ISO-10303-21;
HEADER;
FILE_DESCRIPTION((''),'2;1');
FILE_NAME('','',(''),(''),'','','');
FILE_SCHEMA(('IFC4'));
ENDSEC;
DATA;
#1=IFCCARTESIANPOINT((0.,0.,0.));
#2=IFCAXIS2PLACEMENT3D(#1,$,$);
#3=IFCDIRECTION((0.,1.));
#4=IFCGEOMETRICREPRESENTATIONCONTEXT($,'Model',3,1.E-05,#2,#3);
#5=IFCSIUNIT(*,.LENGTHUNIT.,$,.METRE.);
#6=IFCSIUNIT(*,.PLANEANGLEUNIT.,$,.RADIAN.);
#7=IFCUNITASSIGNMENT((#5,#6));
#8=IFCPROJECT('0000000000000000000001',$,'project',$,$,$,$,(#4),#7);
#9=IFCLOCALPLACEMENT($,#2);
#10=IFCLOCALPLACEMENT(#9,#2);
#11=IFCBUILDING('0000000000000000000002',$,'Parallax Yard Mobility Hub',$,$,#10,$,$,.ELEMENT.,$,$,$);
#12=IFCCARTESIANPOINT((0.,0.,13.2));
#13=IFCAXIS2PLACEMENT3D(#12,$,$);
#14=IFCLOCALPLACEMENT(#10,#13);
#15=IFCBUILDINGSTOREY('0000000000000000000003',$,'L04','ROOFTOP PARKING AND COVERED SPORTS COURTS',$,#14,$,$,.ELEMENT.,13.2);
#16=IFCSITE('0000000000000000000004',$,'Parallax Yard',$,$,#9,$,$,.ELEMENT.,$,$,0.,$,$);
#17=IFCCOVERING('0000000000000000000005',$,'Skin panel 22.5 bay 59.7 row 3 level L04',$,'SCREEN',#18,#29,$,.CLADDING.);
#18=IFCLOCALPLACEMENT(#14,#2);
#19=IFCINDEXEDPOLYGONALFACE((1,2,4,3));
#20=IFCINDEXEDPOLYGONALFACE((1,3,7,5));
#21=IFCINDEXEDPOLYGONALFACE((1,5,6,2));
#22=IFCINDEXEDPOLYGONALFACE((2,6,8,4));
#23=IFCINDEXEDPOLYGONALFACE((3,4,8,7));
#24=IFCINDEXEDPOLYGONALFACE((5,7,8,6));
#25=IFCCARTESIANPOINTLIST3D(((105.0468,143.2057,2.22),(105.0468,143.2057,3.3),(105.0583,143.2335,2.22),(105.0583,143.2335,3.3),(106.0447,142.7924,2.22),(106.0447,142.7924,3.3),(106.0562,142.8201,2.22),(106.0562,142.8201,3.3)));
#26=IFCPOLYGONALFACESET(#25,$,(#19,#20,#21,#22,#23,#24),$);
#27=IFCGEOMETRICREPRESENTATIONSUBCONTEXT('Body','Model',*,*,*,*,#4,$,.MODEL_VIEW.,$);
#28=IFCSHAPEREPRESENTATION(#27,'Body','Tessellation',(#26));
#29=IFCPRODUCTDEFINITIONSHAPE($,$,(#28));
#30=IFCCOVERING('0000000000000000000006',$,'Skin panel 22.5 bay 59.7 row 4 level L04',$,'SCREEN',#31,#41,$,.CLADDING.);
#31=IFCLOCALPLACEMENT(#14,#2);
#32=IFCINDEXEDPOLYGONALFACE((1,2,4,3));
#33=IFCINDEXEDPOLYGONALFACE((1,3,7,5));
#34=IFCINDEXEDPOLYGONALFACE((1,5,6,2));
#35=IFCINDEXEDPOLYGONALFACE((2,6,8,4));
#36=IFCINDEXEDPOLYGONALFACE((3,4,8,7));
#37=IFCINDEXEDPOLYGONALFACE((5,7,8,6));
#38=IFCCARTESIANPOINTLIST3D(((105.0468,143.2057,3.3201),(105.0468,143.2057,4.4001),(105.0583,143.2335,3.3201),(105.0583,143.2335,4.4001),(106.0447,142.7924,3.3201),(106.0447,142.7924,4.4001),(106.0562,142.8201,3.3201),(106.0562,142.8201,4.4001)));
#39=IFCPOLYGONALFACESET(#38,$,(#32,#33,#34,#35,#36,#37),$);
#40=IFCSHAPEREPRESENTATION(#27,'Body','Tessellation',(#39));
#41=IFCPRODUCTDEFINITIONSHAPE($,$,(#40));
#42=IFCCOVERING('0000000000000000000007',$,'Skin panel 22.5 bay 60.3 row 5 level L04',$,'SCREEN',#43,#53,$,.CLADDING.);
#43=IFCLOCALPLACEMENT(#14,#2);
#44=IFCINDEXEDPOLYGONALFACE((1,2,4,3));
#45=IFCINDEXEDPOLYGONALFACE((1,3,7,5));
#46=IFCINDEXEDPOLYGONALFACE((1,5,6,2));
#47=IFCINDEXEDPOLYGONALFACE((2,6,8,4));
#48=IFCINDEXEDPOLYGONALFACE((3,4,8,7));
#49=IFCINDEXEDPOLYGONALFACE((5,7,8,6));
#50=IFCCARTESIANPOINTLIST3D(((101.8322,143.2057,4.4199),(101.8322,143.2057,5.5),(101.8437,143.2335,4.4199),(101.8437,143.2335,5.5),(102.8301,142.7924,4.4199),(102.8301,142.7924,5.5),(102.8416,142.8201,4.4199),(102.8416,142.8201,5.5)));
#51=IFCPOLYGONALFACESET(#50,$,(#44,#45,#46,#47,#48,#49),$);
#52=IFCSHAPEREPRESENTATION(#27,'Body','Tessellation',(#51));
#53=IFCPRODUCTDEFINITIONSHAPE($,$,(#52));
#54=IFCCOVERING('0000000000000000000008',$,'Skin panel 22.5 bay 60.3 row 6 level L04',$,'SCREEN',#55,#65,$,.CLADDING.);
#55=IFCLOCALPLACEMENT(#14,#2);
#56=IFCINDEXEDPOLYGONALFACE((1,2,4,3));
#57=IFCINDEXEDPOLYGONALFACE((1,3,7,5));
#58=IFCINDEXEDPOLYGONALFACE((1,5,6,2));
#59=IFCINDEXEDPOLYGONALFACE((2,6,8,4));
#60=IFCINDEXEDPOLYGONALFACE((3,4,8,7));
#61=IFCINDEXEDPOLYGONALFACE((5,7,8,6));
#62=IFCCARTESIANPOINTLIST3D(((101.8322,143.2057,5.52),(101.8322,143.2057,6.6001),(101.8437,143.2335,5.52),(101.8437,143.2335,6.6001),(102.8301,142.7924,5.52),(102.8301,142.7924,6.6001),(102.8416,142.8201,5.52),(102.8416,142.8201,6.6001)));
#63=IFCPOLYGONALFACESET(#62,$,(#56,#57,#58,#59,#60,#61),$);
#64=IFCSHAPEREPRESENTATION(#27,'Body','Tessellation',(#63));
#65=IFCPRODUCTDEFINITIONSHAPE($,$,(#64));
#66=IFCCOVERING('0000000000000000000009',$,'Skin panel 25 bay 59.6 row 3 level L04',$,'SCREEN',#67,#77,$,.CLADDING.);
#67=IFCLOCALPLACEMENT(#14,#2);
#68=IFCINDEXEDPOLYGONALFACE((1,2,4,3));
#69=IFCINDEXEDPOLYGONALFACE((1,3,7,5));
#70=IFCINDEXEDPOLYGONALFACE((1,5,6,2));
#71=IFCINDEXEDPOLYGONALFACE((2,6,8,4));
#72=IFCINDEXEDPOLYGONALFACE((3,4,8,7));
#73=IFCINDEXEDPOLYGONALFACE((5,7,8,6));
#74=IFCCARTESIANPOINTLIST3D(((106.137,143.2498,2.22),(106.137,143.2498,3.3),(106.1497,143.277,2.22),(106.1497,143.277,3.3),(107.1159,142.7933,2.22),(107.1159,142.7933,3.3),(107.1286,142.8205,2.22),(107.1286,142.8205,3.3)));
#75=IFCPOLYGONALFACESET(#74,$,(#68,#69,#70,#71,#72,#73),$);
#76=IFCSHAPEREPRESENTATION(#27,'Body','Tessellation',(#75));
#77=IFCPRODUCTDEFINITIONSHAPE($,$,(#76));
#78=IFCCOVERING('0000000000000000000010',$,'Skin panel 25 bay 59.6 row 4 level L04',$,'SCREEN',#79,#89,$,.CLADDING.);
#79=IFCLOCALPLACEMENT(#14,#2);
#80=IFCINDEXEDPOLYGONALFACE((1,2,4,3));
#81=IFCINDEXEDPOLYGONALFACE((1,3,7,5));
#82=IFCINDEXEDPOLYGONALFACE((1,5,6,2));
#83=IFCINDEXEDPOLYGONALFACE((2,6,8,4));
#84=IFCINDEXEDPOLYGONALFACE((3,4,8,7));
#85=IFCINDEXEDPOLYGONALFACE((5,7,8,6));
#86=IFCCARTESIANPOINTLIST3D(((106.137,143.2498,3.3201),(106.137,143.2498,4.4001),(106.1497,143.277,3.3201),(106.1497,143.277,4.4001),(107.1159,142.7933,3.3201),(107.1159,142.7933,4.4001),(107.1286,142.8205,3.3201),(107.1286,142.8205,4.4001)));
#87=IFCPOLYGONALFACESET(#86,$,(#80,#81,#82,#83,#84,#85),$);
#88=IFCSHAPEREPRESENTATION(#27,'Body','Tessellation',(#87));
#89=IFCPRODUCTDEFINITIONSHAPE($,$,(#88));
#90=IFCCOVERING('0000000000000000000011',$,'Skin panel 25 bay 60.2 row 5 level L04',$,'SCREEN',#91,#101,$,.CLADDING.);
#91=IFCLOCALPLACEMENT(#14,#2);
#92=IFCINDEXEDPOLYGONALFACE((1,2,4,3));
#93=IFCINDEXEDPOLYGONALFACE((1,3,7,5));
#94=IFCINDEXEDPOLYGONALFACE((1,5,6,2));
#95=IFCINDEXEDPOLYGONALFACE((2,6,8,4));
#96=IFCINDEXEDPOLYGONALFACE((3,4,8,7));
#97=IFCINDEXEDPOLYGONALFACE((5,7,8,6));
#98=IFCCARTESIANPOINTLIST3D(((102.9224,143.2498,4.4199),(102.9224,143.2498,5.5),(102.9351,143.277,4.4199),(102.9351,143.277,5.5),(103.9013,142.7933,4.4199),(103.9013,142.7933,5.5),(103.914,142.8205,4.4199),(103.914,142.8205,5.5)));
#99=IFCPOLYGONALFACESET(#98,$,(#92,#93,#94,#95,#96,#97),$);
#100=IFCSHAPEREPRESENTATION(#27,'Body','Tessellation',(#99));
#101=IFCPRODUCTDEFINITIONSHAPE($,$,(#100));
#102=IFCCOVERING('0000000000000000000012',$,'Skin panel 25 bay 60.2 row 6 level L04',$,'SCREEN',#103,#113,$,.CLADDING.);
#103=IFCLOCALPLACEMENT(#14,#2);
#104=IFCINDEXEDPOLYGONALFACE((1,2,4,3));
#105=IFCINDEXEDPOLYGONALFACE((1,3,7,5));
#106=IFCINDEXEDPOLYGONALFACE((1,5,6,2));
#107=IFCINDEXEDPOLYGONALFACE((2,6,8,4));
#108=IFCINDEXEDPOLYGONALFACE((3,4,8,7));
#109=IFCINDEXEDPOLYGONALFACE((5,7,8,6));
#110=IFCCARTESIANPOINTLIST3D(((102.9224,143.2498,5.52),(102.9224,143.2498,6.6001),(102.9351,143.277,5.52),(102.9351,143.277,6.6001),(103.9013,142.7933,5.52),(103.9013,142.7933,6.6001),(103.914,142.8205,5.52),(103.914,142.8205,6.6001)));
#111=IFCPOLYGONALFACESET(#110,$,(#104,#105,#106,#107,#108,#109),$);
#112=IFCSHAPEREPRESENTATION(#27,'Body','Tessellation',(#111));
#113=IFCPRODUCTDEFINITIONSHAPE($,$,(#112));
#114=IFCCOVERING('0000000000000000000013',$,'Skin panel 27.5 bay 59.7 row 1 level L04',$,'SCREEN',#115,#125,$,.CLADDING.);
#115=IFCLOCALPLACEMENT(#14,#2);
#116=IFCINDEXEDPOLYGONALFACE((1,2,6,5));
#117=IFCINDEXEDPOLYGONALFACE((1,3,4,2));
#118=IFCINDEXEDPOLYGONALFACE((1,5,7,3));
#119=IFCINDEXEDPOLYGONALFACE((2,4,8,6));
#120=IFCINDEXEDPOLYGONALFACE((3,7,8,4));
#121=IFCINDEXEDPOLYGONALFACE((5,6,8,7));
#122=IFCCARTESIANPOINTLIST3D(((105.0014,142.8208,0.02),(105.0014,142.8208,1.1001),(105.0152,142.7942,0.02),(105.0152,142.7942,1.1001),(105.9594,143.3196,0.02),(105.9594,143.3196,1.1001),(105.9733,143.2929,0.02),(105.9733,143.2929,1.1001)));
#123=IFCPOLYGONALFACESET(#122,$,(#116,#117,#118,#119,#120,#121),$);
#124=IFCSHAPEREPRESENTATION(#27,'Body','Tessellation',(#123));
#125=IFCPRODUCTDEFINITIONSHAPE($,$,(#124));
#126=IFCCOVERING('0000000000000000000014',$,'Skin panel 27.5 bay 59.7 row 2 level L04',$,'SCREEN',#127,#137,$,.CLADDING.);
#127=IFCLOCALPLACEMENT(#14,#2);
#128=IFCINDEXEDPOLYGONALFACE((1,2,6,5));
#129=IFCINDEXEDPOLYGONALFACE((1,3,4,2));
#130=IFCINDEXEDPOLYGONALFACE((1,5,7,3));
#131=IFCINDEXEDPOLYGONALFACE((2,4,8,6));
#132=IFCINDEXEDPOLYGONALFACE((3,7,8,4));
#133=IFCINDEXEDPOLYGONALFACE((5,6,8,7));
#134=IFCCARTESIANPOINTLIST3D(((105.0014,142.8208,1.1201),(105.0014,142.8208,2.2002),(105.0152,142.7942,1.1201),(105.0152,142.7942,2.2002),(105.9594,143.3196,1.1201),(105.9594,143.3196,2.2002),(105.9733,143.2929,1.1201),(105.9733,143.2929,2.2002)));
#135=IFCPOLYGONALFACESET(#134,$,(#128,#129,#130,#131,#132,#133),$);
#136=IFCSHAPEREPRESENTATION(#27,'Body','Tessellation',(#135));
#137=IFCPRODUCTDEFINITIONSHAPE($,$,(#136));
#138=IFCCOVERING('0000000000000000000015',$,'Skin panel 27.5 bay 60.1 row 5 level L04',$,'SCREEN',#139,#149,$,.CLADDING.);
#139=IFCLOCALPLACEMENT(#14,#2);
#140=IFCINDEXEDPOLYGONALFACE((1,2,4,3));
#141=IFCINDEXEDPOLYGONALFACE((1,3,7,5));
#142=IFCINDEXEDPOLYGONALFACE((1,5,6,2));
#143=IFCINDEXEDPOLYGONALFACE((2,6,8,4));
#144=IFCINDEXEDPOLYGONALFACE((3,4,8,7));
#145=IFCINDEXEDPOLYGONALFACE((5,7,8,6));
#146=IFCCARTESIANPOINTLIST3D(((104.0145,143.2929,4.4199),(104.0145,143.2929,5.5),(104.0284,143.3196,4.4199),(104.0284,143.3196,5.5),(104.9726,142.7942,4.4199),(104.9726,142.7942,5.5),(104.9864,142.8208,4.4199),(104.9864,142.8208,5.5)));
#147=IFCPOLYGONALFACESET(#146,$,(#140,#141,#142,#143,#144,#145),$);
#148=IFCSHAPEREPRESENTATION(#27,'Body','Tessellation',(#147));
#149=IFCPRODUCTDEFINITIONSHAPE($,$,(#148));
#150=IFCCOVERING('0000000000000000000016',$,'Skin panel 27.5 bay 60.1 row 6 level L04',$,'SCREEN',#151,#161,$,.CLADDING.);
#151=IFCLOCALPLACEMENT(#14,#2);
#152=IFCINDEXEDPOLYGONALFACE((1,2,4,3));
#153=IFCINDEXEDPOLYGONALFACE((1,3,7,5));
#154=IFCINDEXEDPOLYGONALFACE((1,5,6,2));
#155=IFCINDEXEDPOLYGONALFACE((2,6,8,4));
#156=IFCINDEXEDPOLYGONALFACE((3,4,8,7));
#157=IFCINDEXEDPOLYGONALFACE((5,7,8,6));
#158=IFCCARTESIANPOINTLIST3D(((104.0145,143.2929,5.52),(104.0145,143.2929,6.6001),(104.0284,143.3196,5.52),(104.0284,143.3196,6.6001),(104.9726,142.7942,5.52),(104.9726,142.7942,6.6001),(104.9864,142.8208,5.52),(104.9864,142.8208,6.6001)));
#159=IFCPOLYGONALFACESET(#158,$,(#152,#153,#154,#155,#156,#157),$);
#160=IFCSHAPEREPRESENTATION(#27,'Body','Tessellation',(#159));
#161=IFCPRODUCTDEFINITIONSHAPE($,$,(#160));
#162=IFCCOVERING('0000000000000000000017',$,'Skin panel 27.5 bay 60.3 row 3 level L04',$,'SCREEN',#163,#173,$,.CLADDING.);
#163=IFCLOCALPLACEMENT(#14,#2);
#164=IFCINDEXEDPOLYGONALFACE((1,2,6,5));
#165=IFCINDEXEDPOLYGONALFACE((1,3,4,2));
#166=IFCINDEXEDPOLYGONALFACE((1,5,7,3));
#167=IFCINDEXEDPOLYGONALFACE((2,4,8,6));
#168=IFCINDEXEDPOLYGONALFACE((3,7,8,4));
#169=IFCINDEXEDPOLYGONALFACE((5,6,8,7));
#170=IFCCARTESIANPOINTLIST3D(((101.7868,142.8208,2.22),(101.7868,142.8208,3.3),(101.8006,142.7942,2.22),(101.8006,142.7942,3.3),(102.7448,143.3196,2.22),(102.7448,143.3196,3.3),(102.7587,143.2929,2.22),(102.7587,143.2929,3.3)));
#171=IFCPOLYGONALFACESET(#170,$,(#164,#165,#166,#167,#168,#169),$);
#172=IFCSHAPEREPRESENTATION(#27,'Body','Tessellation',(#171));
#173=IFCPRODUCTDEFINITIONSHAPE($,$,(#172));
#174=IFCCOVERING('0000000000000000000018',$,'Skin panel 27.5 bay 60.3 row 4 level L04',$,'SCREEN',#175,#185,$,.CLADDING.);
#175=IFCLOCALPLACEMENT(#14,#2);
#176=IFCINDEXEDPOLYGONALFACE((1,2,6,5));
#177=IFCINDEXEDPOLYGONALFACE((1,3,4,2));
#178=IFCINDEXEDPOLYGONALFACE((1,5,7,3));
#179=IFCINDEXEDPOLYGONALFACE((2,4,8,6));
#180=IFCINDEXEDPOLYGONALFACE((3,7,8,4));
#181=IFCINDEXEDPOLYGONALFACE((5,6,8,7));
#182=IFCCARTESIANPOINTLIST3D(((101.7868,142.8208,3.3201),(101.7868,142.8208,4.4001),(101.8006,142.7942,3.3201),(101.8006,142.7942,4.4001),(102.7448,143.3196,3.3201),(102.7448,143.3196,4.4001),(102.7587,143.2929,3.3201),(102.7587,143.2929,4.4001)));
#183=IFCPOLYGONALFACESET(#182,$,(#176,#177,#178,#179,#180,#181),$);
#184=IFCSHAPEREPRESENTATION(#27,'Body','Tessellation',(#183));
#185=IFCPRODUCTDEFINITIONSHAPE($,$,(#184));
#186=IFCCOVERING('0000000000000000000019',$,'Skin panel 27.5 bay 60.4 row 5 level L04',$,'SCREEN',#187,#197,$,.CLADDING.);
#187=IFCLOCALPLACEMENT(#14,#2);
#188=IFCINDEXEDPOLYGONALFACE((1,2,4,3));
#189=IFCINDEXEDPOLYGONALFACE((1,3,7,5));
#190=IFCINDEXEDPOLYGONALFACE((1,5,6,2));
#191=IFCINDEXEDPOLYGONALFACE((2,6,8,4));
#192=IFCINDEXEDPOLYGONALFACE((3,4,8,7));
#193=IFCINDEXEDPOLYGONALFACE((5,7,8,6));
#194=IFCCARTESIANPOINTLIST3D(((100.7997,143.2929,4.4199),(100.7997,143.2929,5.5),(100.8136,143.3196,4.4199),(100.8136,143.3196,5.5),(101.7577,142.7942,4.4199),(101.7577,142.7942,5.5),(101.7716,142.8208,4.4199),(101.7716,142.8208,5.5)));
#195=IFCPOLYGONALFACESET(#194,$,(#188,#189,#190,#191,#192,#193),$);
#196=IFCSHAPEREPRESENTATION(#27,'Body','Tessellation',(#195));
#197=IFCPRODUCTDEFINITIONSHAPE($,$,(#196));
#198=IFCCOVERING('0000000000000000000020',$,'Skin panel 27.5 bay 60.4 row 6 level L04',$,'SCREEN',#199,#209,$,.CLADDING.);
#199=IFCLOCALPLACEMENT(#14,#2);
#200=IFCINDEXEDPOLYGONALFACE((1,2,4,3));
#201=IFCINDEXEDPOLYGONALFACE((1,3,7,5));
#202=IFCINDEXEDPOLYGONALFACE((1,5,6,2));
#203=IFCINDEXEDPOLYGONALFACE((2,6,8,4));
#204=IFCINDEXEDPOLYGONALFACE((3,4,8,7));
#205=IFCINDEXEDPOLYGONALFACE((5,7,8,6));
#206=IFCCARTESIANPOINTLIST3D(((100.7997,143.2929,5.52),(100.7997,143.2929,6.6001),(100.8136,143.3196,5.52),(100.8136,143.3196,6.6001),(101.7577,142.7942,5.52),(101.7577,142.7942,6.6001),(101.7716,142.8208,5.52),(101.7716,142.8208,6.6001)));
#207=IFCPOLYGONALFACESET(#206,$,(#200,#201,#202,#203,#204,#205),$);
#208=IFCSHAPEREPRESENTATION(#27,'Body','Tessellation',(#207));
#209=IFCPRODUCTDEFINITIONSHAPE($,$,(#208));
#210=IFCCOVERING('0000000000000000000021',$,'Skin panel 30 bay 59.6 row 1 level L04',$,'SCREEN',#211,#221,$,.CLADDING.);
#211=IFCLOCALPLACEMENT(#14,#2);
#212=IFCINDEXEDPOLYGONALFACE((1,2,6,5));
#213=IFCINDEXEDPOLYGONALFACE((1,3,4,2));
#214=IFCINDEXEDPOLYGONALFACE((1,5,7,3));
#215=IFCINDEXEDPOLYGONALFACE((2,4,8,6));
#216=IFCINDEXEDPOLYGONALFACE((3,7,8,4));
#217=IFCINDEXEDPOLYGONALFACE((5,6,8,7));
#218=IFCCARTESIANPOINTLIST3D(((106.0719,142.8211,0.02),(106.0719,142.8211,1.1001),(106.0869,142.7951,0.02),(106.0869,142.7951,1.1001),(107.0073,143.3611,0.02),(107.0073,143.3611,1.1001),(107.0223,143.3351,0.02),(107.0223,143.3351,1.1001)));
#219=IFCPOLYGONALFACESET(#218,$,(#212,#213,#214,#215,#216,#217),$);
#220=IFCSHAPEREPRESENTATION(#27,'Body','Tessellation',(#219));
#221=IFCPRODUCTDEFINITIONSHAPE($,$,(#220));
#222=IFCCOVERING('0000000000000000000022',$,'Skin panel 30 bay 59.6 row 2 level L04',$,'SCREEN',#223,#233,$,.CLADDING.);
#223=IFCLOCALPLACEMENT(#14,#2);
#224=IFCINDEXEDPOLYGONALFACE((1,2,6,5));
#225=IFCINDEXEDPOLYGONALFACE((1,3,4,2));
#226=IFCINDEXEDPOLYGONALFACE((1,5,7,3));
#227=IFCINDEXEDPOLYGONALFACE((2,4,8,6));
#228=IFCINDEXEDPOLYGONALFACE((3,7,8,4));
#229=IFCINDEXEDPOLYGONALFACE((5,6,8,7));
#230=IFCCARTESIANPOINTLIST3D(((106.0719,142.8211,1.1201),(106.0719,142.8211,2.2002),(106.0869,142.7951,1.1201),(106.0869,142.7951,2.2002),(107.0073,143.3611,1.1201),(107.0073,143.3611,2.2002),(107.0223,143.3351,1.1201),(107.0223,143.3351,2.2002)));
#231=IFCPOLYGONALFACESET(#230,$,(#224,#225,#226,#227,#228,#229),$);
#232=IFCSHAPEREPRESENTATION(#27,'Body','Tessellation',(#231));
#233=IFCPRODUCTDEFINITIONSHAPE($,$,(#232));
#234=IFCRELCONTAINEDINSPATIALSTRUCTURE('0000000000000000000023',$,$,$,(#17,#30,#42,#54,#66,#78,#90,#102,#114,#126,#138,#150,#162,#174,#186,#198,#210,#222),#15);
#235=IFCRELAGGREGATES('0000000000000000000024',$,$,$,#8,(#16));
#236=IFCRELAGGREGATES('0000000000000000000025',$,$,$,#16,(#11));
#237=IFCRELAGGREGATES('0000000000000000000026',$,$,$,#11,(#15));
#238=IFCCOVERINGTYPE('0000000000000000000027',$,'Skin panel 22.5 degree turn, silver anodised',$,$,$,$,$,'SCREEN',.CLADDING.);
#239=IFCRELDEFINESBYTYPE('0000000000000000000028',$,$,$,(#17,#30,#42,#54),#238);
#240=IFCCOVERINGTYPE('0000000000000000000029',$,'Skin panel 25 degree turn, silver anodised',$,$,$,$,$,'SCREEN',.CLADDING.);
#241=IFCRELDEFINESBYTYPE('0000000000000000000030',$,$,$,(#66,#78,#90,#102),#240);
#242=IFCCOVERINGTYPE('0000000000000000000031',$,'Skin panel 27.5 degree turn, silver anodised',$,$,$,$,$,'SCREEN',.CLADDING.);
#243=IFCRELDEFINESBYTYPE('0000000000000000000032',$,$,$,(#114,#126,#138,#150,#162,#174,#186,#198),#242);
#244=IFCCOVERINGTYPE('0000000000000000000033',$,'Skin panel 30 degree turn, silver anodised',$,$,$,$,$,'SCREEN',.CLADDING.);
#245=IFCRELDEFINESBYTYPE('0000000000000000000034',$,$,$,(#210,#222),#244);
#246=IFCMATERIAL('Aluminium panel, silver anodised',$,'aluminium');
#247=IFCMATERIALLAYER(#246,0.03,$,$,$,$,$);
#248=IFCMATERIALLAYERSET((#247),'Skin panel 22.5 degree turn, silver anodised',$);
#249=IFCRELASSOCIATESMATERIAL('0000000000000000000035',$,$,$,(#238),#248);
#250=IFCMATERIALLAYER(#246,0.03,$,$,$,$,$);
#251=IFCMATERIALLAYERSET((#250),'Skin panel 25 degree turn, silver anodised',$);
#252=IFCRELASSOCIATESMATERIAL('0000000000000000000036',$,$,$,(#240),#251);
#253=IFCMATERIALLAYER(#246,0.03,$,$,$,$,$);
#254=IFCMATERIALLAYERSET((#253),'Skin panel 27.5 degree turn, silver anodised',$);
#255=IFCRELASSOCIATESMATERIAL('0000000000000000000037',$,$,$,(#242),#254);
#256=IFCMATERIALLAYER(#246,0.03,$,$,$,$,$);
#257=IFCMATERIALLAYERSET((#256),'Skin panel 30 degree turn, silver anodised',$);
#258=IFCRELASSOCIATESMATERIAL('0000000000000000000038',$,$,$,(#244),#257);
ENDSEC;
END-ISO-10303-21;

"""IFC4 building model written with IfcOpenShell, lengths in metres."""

from ifc_helpers import new_model, si_unit, direction, frame, origin, origin_2d, place, context, subcontext, project, spatial, rectangle, extrude, material, layer, layer_set, type_object, element, save


model = new_model("IFC4")

# Units and contexts
model_context = context("Model", 3, precision=1e-05, world=origin(), true_north=direction((0.0, 1.0)))
body_context = subcontext(model_context, "Body", "Model", "MODEL_VIEW")
ifc_project = project(units=[si_unit("LENGTHUNIT", "METRE"), si_unit("PLANEANGLEUNIT", "RADIAN")], contexts=[model_context])

# Site, building, storey
site_placement = place(None, origin())
site = spatial("IfcSite", under=ifc_project, at=site_placement, Name="Parallax Yard", CompositionType="ELEMENT", RefElevation=0.0)
building_placement = place(site_placement, origin())
building = spatial("IfcBuilding", under=site, at=building_placement, Name="Parallax Yard Mobility Hub", CompositionType="ELEMENT")
storey_placement = place(building_placement, frame((0.0, 0.0, 13.2)))
storey = spatial("IfcBuildingStorey", under=building, at=storey_placement, Name="L04", Description="ROOFTOP PARKING AND COVERED SPORTS COURTS", CompositionType="ELEMENT", Elevation=13.2)

# Coverings
ifc_material_1 = material(Name="Aluminium panel, silver anodised", Category="aluminium")
ifc_layer_1 = layer(ifc_material_1, 0.03)
ifc_layer_set_1 = layer_set([ifc_layer_1], Name="Skin panel 22.5 degree turn, silver anodised")
covering_type_1 = type_object("IfcCoveringType", Name="Skin panel 22.5 degree turn, silver anodised", ElementType="SCREEN", PredefinedType="CLADDING", material=ifc_layer_set_1)
for number, where, z_axis, x_axis, name in (
    (1, (105.5515, 143.0129, 2.22), (0.0, 0.0, 1.0), (-0.92388, 0.382683, 0.0), "Skin panel 22.5 bay 59.7 row 3 level L04"),
    (2, (105.5515, 143.0129, 3.3201), (0.0, 0.0, 1.0), (-0.92388, 0.382683, 0.0), "Skin panel 22.5 bay 59.7 row 4 level L04"),
    (3, (102.3369, 143.0129, 4.4199), (0.0, 0.0, 1.0), (-0.92388, 0.382683, 0.0), "Skin panel 22.5 bay 60.3 row 5 level L04"),
    (4, (102.3369, 143.0129, 5.52), (0.0, 0.0, 1.0), (-0.92388, 0.382683, 0.0), "Skin panel 22.5 bay 60.3 row 6 level L04"),
):
    element("IfcCovering", number, at=place(storey_placement, frame(where, z_axis=z_axis, x_axis=x_axis)), inside=storey, type_object=covering_type_1, Name=name, ObjectType="SCREEN", PredefinedType="CLADDING", context=body_context, shape_type="SweptSolid", body=[
        extrude(rectangle(XDim=1.0801, YDim=0.03, at=origin_2d()), origin(), (0.0, 0.0, 1.0), 1.0801),
    ])
ifc_layer_2 = layer(ifc_material_1, 0.03)
ifc_layer_set_2 = layer_set([ifc_layer_2], Name="Skin panel 25 degree turn, silver anodised")
covering_type_2 = type_object("IfcCoveringType", Name="Skin panel 25 degree turn, silver anodised", ElementType="SCREEN", PredefinedType="CLADDING", material=ifc_layer_set_2)
for number, where, z_axis, x_axis, name in (
    (5, (106.6328, 143.0352, 2.22), (0.0, 0.0, 1.0), (-0.906308, 0.422618, 0.0), "Skin panel 25 bay 59.6 row 3 level L04"),
    (6, (106.6328, 143.0352, 3.3201), (0.0, 0.0, 1.0), (-0.906308, 0.422618, 0.0), "Skin panel 25 bay 59.6 row 4 level L04"),
    (7, (103.4182, 143.0352, 4.4199), (0.0, 0.0, 1.0), (-0.906308, 0.422618, 0.0), "Skin panel 25 bay 60.2 row 5 level L04"),
    (8, (103.4182, 143.0352, 5.52), (0.0, 0.0, 1.0), (-0.906308, 0.422618, 0.0), "Skin panel 25 bay 60.2 row 6 level L04"),
):
    element("IfcCovering", number, at=place(storey_placement, frame(where, z_axis=z_axis, x_axis=x_axis)), inside=storey, type_object=covering_type_2, Name=name, ObjectType="SCREEN", PredefinedType="CLADDING", context=body_context, shape_type="SweptSolid", body=[
        extrude(rectangle(XDim=1.0801, YDim=0.03, at=origin_2d()), origin(), (0.0, 0.0, 1.0), 1.0801),
    ])
ifc_layer_3 = layer(ifc_material_1, 0.03)
ifc_layer_set_3 = layer_set([ifc_layer_3], Name="Skin panel 27.5 degree turn, silver anodised")
covering_type_3 = type_object("IfcCoveringType", Name="Skin panel 27.5 degree turn, silver anodised", ElementType="SCREEN", PredefinedType="CLADDING", material=ifc_layer_set_3)
for number, where, z_axis, x_axis, name in (
    (9, (105.4873, 143.0569, 0.02), (0.0, 0.0, 1.0), (0.887011, 0.461749, 0.0), "Skin panel 27.5 bay 59.7 row 1 level L04"),
    (10, (105.4873, 143.0569, 1.1201), (0.0, 0.0, 1.0), (0.887011, 0.461749, 0.0), "Skin panel 27.5 bay 59.7 row 2 level L04"),
    (11, (104.5005, 143.0569, 4.4199), (0.0, 0.0, 1.0), (-0.887011, 0.461749, 0.0), "Skin panel 27.5 bay 60.1 row 5 level L04"),
    (12, (104.5005, 143.0569, 5.52), (0.0, 0.0, 1.0), (-0.887011, 0.461749, 0.0), "Skin panel 27.5 bay 60.1 row 6 level L04"),
    (13, (102.2727, 143.0569, 2.22), (0.0, 0.0, 1.0), (0.887011, 0.461749, 0.0), "Skin panel 27.5 bay 60.3 row 3 level L04"),
    (14, (102.2727, 143.0569, 3.3201), (0.0, 0.0, 1.0), (0.887011, 0.461749, 0.0), "Skin panel 27.5 bay 60.3 row 4 level L04"),
    (15, (101.2856, 143.0569, 4.4199), (0.0, 0.0, 1.0), (-0.887011, 0.461749, 0.0), "Skin panel 27.5 bay 60.4 row 5 level L04"),
    (16, (101.2856, 143.0569, 5.52), (0.0, 0.0, 1.0), (-0.887011, 0.461749, 0.0), "Skin panel 27.5 bay 60.4 row 6 level L04"),
):
    element("IfcCovering", number, at=place(storey_placement, frame(where, z_axis=z_axis, x_axis=x_axis)), inside=storey, type_object=covering_type_3, Name=name, ObjectType="SCREEN", PredefinedType="CLADDING", context=body_context, shape_type="SweptSolid", body=[
        extrude(rectangle(XDim=1.0801, YDim=0.03, at=origin_2d()), origin(), (0.0, 0.0, 1.0), 1.0801),
    ])
ifc_layer_4 = layer(ifc_material_1, 0.03)
ifc_layer_set_4 = layer_set([ifc_layer_4], Name="Skin panel 30 degree turn, silver anodised")
covering_type_4 = type_object("IfcCoveringType", Name="Skin panel 30 degree turn, silver anodised", ElementType="SCREEN", PredefinedType="CLADDING", material=ifc_layer_set_4)
for number, where, z_axis, x_axis, name in (
    (17, (106.5471, 143.0781, 0.02), (0.0, 0.0, 1.0), (0.866025, 0.5, 0.0), "Skin panel 30 bay 59.6 row 1 level L04"),
    (18, (106.5471, 143.0781, 1.1201), (0.0, 0.0, 1.0), (0.866025, 0.5, 0.0), "Skin panel 30 bay 59.6 row 2 level L04"),
):
    element("IfcCovering", number, at=place(storey_placement, frame(where, z_axis=z_axis, x_axis=x_axis)), inside=storey, type_object=covering_type_4, Name=name, ObjectType="SCREEN", PredefinedType="CLADDING", context=body_context, shape_type="SweptSolid", body=[
        extrude(rectangle(XDim=1.0801, YDim=0.03, at=origin_2d()), origin(), (0.0, 0.0, 1.0), 1.0801),
    ])

save(model, "model.ifc")
